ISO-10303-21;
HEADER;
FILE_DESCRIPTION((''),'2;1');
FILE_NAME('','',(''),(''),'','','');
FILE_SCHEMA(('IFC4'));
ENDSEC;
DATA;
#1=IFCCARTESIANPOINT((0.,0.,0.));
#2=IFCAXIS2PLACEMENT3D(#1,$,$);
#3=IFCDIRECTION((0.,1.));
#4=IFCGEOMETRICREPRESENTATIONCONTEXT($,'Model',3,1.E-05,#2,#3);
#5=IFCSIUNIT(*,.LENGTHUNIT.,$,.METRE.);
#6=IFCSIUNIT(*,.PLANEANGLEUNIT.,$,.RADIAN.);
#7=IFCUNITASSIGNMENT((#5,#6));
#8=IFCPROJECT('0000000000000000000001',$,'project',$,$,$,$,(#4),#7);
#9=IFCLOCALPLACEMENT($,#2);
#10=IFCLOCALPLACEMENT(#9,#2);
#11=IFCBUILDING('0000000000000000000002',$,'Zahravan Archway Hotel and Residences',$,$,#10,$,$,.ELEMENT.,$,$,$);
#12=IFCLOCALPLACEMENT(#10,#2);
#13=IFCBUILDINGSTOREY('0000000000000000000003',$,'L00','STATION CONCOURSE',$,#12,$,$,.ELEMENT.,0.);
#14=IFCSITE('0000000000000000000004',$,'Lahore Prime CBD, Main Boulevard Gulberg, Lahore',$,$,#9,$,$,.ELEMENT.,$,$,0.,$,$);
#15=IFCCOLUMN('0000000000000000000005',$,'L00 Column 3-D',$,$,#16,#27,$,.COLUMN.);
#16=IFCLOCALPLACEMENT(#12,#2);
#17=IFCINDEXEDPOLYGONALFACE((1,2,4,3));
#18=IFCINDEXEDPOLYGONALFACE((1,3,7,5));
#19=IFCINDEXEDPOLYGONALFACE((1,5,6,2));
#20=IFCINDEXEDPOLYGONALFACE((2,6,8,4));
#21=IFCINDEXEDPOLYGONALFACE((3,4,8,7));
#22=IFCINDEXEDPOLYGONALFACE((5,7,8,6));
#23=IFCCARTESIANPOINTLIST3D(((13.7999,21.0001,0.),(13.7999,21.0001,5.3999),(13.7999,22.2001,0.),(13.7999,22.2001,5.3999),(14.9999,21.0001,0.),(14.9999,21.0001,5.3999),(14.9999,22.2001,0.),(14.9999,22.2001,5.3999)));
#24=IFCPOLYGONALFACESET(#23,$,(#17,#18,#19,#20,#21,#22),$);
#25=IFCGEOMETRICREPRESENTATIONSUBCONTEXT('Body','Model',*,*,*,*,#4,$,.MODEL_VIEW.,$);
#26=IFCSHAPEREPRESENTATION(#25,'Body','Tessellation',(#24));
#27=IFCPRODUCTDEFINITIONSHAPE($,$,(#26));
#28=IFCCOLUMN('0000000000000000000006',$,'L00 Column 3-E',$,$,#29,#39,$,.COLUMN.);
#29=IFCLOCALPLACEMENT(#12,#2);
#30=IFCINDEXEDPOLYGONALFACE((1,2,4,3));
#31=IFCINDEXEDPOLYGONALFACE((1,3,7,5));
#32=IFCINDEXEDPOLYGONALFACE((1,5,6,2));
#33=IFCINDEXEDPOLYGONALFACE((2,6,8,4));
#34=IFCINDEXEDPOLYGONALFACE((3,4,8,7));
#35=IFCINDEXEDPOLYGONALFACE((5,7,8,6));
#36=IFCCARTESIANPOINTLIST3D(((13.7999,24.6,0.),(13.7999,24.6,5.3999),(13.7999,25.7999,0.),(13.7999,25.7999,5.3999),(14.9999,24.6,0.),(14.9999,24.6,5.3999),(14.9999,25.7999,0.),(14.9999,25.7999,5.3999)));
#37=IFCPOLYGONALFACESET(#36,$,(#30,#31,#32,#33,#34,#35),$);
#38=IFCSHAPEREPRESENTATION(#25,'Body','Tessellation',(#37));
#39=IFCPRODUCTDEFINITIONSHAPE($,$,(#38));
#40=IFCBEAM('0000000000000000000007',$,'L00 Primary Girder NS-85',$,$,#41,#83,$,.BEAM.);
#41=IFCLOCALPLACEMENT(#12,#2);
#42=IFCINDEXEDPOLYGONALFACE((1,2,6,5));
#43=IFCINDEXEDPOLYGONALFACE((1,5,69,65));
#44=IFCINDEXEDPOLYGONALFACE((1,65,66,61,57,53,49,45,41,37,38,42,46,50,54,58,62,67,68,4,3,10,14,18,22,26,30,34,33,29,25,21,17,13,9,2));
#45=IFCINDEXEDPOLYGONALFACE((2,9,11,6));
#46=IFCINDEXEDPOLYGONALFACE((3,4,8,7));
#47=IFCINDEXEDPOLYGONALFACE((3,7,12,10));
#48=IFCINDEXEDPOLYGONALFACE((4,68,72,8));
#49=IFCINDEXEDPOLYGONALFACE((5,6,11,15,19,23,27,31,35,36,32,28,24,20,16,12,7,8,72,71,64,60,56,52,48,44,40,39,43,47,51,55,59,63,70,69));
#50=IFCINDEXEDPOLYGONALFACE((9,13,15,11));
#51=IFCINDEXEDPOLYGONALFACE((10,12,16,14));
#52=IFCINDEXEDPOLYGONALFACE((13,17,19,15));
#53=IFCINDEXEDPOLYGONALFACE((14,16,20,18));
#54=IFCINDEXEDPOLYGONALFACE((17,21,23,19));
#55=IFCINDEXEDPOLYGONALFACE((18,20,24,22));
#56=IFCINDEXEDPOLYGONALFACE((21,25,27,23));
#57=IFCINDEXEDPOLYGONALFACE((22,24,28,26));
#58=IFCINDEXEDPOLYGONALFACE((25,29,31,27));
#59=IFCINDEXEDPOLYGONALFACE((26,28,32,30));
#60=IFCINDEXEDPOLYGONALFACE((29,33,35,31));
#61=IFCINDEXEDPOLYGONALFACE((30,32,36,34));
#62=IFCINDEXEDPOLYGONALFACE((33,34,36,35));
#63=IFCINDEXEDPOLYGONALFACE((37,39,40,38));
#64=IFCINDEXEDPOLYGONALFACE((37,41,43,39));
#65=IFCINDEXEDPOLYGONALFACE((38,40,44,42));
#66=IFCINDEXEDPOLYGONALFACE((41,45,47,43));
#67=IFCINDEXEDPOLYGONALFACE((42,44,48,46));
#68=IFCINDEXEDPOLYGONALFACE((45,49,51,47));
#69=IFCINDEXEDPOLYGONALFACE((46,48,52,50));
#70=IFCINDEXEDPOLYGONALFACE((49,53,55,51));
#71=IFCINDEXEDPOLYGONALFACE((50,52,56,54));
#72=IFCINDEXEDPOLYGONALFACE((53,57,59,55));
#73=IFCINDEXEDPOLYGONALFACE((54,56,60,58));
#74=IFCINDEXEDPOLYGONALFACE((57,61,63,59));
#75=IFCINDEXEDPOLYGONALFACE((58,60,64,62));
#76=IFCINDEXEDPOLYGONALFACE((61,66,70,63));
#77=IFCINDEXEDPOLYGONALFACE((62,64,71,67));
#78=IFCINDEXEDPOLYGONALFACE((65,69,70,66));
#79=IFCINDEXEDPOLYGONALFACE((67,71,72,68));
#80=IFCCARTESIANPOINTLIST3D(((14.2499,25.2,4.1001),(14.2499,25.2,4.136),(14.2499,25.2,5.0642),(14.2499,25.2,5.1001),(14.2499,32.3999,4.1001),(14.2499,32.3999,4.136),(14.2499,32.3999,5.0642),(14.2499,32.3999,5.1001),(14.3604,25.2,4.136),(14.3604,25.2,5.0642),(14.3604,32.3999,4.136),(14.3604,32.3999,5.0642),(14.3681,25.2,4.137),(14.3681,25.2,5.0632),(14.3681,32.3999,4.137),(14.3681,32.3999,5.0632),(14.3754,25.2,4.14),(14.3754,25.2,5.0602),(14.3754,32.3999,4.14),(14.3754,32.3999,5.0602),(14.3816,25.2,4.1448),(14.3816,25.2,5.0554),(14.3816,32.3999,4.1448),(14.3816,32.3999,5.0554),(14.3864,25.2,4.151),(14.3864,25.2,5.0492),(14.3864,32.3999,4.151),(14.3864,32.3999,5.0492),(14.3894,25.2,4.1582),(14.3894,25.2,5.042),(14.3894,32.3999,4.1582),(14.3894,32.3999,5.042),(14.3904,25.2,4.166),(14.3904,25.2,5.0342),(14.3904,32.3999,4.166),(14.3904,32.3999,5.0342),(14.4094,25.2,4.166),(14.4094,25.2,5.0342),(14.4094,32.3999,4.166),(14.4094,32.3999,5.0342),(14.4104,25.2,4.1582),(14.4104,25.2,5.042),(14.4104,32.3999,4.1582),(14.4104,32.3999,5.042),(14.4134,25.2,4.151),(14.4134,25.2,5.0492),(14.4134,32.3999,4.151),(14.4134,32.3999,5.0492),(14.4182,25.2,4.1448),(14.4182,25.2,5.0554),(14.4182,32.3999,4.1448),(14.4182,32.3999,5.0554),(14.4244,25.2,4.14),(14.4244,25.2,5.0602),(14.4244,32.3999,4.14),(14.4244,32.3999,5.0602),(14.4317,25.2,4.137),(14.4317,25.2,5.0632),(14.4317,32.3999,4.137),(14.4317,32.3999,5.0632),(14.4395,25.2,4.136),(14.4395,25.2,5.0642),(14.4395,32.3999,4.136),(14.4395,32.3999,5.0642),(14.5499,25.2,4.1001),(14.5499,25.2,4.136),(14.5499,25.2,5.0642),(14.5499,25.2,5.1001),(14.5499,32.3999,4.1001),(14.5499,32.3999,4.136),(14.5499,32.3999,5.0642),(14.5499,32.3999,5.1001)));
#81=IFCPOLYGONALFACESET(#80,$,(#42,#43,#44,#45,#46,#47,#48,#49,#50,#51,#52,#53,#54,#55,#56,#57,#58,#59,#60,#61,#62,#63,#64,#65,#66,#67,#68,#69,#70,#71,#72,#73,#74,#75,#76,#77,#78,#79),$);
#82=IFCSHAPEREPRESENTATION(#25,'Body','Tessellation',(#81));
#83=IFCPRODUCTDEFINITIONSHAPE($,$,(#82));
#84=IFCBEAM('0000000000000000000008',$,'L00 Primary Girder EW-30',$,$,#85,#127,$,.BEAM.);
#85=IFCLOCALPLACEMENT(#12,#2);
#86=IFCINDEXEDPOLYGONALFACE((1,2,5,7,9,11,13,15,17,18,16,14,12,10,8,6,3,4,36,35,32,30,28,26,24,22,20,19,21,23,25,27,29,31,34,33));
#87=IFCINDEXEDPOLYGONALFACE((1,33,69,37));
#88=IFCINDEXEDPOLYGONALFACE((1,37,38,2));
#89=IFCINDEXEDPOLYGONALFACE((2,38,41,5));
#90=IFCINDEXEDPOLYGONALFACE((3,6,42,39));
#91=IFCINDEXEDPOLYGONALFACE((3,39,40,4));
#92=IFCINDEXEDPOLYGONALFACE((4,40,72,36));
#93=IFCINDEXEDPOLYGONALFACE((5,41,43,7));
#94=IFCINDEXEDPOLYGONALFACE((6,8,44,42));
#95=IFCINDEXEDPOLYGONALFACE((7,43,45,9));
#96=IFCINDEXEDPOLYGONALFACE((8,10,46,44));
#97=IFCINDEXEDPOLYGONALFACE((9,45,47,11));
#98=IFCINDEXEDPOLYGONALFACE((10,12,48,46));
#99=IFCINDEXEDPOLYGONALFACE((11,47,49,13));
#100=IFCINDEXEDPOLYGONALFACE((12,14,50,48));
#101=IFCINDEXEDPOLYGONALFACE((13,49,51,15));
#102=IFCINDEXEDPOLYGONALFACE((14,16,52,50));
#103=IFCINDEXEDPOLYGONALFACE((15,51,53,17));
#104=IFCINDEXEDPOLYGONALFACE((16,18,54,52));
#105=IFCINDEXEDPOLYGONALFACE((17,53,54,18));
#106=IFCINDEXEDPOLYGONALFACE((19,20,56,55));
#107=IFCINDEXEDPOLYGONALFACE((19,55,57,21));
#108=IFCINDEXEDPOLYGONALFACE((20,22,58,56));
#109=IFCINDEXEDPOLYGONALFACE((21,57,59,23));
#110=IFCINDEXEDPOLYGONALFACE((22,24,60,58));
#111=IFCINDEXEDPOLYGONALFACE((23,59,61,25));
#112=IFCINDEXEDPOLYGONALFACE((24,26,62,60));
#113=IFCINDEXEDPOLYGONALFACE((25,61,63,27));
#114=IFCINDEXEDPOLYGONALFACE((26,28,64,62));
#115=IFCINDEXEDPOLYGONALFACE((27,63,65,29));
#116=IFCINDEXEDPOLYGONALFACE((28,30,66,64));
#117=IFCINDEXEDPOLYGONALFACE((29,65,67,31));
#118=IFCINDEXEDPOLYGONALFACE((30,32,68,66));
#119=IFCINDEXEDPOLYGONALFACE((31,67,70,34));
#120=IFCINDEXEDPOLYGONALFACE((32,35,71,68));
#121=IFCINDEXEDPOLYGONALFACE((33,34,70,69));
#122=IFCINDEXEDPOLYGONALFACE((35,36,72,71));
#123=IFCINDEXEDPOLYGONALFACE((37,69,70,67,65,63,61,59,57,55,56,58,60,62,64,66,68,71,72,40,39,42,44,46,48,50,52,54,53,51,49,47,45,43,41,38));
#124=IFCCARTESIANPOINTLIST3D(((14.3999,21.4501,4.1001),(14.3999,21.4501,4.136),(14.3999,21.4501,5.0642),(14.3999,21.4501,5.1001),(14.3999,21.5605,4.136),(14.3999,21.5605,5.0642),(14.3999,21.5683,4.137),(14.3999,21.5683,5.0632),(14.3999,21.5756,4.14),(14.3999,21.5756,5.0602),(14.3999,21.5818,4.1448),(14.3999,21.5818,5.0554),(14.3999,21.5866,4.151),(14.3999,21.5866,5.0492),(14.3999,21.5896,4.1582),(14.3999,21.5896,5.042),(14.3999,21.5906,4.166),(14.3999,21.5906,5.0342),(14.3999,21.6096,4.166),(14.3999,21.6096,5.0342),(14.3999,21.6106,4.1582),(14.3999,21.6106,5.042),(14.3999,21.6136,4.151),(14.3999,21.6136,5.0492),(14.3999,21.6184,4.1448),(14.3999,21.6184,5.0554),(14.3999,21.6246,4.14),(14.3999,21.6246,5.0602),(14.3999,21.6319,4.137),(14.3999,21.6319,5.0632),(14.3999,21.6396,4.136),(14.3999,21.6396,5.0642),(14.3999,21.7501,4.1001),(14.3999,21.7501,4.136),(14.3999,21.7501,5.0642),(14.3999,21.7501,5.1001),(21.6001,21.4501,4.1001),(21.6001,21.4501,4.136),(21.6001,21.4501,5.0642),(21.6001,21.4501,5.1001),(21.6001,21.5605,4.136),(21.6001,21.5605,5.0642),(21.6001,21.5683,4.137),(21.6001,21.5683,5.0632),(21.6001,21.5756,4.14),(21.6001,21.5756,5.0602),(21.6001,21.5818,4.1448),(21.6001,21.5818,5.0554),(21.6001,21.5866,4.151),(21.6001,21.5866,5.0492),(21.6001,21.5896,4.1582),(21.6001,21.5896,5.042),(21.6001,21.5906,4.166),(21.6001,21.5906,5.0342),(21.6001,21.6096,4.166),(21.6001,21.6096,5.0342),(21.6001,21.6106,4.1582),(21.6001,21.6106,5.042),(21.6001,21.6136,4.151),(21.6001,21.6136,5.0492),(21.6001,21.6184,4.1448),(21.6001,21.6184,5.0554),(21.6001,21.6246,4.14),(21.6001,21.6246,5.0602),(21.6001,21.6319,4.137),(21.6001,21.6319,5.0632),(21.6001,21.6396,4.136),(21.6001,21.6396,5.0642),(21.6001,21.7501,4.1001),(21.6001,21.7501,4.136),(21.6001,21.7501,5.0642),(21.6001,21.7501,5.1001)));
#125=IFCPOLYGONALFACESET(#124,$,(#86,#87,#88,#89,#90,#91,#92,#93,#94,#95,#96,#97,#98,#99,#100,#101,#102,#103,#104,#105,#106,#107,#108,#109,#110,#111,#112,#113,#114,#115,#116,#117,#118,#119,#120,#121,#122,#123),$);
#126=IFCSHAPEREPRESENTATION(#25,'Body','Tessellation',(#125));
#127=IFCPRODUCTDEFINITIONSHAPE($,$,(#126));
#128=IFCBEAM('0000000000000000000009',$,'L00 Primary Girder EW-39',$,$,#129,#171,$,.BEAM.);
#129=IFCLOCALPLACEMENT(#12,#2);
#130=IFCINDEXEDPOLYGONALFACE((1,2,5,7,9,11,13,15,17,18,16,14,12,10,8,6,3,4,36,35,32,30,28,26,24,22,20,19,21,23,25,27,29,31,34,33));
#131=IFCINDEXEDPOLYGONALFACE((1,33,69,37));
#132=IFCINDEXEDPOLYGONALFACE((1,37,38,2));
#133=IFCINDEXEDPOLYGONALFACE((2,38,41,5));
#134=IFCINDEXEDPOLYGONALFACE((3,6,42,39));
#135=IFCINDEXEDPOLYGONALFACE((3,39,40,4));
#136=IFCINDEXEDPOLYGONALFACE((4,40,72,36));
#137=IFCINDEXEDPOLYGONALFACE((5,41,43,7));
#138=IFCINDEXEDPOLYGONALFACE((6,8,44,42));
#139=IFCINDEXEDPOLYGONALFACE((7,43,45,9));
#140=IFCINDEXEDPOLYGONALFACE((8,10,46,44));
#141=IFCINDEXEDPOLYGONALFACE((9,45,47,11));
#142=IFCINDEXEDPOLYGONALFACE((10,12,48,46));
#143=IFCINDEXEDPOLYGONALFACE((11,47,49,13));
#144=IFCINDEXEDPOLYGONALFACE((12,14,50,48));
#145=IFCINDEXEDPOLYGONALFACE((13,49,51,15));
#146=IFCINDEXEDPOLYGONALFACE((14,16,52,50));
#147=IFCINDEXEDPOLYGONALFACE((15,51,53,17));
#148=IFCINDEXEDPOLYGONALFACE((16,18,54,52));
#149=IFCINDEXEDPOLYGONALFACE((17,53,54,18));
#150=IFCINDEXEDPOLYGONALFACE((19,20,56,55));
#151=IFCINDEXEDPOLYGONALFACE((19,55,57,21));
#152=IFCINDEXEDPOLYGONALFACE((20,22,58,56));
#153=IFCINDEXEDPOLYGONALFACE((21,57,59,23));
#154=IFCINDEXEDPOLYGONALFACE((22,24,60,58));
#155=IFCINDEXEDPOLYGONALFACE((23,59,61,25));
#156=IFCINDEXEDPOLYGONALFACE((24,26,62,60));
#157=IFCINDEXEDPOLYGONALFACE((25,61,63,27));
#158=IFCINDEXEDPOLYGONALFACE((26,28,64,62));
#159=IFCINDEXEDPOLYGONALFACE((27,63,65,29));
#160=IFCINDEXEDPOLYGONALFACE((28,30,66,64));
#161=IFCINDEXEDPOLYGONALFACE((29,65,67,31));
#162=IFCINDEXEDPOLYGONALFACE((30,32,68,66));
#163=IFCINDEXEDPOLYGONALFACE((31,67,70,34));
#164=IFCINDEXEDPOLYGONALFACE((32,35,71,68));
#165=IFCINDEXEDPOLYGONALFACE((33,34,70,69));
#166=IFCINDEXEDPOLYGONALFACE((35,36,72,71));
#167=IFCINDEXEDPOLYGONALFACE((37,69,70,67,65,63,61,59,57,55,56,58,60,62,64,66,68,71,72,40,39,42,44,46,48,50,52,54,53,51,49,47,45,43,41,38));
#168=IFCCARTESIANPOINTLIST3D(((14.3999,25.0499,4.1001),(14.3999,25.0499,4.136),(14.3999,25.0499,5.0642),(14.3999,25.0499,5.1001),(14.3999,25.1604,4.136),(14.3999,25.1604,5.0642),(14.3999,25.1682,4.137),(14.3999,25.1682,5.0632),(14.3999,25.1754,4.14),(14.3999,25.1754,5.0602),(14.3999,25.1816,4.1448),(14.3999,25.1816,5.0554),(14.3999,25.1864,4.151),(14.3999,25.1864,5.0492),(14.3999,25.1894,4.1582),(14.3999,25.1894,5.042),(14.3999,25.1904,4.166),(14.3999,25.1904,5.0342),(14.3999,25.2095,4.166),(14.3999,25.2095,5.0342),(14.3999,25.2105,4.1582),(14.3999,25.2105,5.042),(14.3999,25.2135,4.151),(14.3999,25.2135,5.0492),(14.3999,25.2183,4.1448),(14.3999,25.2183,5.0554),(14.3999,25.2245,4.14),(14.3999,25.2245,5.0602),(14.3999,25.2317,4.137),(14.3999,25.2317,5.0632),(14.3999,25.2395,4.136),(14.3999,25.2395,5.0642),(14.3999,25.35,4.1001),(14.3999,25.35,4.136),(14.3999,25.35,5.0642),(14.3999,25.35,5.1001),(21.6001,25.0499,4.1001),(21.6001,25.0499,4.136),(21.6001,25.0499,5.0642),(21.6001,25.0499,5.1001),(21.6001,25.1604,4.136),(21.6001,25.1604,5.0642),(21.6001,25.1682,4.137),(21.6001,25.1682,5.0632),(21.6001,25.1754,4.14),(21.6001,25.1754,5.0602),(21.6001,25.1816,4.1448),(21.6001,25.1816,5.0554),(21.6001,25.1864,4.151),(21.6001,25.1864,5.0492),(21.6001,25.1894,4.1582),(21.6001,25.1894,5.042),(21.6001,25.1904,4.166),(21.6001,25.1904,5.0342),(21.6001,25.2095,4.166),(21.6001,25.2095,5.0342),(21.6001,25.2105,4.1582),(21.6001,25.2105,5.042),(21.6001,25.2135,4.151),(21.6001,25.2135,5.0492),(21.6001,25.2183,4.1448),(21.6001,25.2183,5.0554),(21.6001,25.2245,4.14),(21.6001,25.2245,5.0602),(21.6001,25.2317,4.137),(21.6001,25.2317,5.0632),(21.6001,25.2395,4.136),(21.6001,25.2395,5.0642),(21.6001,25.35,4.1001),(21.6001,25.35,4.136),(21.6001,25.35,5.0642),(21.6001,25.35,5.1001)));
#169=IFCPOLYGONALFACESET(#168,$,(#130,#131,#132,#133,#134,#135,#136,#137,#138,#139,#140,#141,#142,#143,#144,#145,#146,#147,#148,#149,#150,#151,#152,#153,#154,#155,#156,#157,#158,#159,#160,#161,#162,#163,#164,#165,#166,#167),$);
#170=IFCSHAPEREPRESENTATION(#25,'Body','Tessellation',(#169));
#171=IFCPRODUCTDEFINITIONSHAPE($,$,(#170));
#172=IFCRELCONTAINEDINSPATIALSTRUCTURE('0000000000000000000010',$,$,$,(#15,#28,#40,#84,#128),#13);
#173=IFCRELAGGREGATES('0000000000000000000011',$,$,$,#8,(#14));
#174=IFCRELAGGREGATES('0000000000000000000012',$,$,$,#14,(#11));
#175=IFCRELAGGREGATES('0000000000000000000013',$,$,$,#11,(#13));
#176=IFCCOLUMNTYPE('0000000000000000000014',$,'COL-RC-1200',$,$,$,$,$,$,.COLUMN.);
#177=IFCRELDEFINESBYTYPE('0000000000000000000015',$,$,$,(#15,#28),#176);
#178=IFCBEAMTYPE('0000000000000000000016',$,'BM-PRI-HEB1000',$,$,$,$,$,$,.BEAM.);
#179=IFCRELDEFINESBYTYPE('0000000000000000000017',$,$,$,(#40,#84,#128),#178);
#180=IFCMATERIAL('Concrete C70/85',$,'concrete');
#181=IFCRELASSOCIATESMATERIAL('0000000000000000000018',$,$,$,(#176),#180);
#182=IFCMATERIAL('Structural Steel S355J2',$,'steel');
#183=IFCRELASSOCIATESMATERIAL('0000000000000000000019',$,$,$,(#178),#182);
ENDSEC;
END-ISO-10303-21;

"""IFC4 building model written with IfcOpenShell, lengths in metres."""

from ifc_helpers import new_model, si_unit, direction, frame, origin, origin_2d, place, context, subcontext, project, spatial, rectangle, i_section, extrude, source, transform, mapped, material, material_profile, profile_set, type_object, element, save


model = new_model("IFC4")

# Units and contexts
model_context = context("Model", 3, precision=1e-05, world=origin(), true_north=direction((0.0, 1.0)))
body_context = subcontext(model_context, "Body", "Model", "MODEL_VIEW")
ifc_project = project(units=[si_unit("LENGTHUNIT", "METRE"), si_unit("PLANEANGLEUNIT", "RADIAN")], contexts=[model_context])

# Site, building, storey
site_placement = place(None, origin())
site = spatial("IfcSite", under=ifc_project, at=site_placement, Name="Lahore Prime CBD, Main Boulevard Gulberg, Lahore", CompositionType="ELEMENT", RefElevation=0.0)
building_placement = place(site_placement, origin())
building = spatial("IfcBuilding", under=site, at=building_placement, Name="Zahravan Archway Hotel and Residences", CompositionType="ELEMENT")
storey_placement = place(building_placement, origin())
storey = spatial("IfcBuildingStorey", under=building, at=storey_placement, Name="L00", Description="STATION CONCOURSE", CompositionType="ELEMENT", Elevation=0.0)

# Columns
ifc_material_1 = material(Name="Concrete C70/85", Category="concrete")
ifc_material_profile_1 = material_profile(ifc_material_1, rectangle(XDim=1.2, YDim=1.2, at=origin_2d()), Name="RC-COL-1200x1200", Category="concrete")
ifc_profile_set_1 = profile_set([ifc_material_profile_1], Name="Concrete C70/85")
column_type = type_object("IfcColumnType", Name="COL-RC-1200", PredefinedType="COLUMN", material=ifc_profile_set_1)
shared_shape_1 = source(origin(), body_context, "Body", "SweptSolid", [
    extrude(rectangle(XDim=1.2, YDim=1.2, at=origin_2d()), origin(), (0.0, 0.0, 1.0), 5.3999),
])
for number, where, z_axis, x_axis, name in (
    (1, (14.3999, 21.6001, 0.0), (0.0, 0.0, 1.0), (1.0, 0.0, 0.0), "L00 Column 3-D"),
    (2, (14.3999, 25.2, 0.0), (0.0, 0.0, 1.0), (1.0, 0.0, 0.0), "L00 Column 3-E"),
):
    element("IfcColumn", number, at=place(storey_placement, frame(where, z_axis=z_axis, x_axis=x_axis)), inside=storey, type_object=column_type, Name=name, PredefinedType="COLUMN", context=body_context, shape_type="MappedRepresentation", body=[
        mapped(shared_shape_1, transform((0.0, 0.0, 0.0), scale=1.0)),
    ])

# Beams
ifc_material_2 = material(Name="Structural Steel S355J2", Category="steel")
ifc_material_profile_2 = material_profile(ifc_material_2, i_section(OverallWidth=0.3, OverallDepth=1.0, WebThickness=0.019, FlangeThickness=0.0359, FilletRadius=0.03, at=origin_2d()), Name="HEB 1000", Category="steel")
ifc_profile_set_2 = profile_set([ifc_material_profile_2], Name="Structural Steel S355J2")
beam_type = type_object("IfcBeamType", Name="BM-PRI-HEB1000", PredefinedType="BEAM", material=ifc_profile_set_2)
shared_shape_2 = source(origin(), body_context, "Body", "SweptSolid", [
    extrude(i_section(OverallWidth=0.3, OverallDepth=1.0, WebThickness=0.019, FlangeThickness=0.0359, FilletRadius=0.03, at=origin_2d()), origin(), (0.0, 0.0, 1.0), 7.2),
])
beam_1_placement = place(storey_placement, frame((14.3999, 25.2, 4.6001), z_axis=(0.0, 1.0, 0.0), x_axis=(-1.0, 0.0, 0.0)))
element("IfcBeam", 3, at=beam_1_placement, inside=storey, type_object=beam_type, Name="L00 Primary Girder NS-85", PredefinedType="BEAM", context=body_context, shape_type="MappedRepresentation", body=[
    mapped(shared_shape_2, transform((0.0, 0.0, 0.0), scale=1.0)),
])
shared_shape_3 = source(origin(), body_context, "Body", "SweptSolid", [
    extrude(i_section(OverallWidth=0.3, OverallDepth=1.0, WebThickness=0.019, FlangeThickness=0.0359, FilletRadius=0.03, at=origin_2d()), origin(), (0.0, 0.0, 1.0), 7.2002),
])
for number, where, z_axis, x_axis, name in (
    (4, (14.3999, 21.6001, 4.6001), (1.0, 0.0, 0.0), (0.0, 1.0, 0.0), "L00 Primary Girder EW-30"),
    (5, (14.3999, 25.2, 4.6001), (1.0, 0.0, 0.0), (0.0, 1.0, 0.0), "L00 Primary Girder EW-39"),
):
    element("IfcBeam", number, at=place(storey_placement, frame(where, z_axis=z_axis, x_axis=x_axis)), inside=storey, type_object=beam_type, Name=name, PredefinedType="BEAM", context=body_context, shape_type="MappedRepresentation", body=[
        mapped(shared_shape_3, transform((0.0, 0.0, 0.0), scale=1.0)),
    ])

save(model, "model.ifc")
